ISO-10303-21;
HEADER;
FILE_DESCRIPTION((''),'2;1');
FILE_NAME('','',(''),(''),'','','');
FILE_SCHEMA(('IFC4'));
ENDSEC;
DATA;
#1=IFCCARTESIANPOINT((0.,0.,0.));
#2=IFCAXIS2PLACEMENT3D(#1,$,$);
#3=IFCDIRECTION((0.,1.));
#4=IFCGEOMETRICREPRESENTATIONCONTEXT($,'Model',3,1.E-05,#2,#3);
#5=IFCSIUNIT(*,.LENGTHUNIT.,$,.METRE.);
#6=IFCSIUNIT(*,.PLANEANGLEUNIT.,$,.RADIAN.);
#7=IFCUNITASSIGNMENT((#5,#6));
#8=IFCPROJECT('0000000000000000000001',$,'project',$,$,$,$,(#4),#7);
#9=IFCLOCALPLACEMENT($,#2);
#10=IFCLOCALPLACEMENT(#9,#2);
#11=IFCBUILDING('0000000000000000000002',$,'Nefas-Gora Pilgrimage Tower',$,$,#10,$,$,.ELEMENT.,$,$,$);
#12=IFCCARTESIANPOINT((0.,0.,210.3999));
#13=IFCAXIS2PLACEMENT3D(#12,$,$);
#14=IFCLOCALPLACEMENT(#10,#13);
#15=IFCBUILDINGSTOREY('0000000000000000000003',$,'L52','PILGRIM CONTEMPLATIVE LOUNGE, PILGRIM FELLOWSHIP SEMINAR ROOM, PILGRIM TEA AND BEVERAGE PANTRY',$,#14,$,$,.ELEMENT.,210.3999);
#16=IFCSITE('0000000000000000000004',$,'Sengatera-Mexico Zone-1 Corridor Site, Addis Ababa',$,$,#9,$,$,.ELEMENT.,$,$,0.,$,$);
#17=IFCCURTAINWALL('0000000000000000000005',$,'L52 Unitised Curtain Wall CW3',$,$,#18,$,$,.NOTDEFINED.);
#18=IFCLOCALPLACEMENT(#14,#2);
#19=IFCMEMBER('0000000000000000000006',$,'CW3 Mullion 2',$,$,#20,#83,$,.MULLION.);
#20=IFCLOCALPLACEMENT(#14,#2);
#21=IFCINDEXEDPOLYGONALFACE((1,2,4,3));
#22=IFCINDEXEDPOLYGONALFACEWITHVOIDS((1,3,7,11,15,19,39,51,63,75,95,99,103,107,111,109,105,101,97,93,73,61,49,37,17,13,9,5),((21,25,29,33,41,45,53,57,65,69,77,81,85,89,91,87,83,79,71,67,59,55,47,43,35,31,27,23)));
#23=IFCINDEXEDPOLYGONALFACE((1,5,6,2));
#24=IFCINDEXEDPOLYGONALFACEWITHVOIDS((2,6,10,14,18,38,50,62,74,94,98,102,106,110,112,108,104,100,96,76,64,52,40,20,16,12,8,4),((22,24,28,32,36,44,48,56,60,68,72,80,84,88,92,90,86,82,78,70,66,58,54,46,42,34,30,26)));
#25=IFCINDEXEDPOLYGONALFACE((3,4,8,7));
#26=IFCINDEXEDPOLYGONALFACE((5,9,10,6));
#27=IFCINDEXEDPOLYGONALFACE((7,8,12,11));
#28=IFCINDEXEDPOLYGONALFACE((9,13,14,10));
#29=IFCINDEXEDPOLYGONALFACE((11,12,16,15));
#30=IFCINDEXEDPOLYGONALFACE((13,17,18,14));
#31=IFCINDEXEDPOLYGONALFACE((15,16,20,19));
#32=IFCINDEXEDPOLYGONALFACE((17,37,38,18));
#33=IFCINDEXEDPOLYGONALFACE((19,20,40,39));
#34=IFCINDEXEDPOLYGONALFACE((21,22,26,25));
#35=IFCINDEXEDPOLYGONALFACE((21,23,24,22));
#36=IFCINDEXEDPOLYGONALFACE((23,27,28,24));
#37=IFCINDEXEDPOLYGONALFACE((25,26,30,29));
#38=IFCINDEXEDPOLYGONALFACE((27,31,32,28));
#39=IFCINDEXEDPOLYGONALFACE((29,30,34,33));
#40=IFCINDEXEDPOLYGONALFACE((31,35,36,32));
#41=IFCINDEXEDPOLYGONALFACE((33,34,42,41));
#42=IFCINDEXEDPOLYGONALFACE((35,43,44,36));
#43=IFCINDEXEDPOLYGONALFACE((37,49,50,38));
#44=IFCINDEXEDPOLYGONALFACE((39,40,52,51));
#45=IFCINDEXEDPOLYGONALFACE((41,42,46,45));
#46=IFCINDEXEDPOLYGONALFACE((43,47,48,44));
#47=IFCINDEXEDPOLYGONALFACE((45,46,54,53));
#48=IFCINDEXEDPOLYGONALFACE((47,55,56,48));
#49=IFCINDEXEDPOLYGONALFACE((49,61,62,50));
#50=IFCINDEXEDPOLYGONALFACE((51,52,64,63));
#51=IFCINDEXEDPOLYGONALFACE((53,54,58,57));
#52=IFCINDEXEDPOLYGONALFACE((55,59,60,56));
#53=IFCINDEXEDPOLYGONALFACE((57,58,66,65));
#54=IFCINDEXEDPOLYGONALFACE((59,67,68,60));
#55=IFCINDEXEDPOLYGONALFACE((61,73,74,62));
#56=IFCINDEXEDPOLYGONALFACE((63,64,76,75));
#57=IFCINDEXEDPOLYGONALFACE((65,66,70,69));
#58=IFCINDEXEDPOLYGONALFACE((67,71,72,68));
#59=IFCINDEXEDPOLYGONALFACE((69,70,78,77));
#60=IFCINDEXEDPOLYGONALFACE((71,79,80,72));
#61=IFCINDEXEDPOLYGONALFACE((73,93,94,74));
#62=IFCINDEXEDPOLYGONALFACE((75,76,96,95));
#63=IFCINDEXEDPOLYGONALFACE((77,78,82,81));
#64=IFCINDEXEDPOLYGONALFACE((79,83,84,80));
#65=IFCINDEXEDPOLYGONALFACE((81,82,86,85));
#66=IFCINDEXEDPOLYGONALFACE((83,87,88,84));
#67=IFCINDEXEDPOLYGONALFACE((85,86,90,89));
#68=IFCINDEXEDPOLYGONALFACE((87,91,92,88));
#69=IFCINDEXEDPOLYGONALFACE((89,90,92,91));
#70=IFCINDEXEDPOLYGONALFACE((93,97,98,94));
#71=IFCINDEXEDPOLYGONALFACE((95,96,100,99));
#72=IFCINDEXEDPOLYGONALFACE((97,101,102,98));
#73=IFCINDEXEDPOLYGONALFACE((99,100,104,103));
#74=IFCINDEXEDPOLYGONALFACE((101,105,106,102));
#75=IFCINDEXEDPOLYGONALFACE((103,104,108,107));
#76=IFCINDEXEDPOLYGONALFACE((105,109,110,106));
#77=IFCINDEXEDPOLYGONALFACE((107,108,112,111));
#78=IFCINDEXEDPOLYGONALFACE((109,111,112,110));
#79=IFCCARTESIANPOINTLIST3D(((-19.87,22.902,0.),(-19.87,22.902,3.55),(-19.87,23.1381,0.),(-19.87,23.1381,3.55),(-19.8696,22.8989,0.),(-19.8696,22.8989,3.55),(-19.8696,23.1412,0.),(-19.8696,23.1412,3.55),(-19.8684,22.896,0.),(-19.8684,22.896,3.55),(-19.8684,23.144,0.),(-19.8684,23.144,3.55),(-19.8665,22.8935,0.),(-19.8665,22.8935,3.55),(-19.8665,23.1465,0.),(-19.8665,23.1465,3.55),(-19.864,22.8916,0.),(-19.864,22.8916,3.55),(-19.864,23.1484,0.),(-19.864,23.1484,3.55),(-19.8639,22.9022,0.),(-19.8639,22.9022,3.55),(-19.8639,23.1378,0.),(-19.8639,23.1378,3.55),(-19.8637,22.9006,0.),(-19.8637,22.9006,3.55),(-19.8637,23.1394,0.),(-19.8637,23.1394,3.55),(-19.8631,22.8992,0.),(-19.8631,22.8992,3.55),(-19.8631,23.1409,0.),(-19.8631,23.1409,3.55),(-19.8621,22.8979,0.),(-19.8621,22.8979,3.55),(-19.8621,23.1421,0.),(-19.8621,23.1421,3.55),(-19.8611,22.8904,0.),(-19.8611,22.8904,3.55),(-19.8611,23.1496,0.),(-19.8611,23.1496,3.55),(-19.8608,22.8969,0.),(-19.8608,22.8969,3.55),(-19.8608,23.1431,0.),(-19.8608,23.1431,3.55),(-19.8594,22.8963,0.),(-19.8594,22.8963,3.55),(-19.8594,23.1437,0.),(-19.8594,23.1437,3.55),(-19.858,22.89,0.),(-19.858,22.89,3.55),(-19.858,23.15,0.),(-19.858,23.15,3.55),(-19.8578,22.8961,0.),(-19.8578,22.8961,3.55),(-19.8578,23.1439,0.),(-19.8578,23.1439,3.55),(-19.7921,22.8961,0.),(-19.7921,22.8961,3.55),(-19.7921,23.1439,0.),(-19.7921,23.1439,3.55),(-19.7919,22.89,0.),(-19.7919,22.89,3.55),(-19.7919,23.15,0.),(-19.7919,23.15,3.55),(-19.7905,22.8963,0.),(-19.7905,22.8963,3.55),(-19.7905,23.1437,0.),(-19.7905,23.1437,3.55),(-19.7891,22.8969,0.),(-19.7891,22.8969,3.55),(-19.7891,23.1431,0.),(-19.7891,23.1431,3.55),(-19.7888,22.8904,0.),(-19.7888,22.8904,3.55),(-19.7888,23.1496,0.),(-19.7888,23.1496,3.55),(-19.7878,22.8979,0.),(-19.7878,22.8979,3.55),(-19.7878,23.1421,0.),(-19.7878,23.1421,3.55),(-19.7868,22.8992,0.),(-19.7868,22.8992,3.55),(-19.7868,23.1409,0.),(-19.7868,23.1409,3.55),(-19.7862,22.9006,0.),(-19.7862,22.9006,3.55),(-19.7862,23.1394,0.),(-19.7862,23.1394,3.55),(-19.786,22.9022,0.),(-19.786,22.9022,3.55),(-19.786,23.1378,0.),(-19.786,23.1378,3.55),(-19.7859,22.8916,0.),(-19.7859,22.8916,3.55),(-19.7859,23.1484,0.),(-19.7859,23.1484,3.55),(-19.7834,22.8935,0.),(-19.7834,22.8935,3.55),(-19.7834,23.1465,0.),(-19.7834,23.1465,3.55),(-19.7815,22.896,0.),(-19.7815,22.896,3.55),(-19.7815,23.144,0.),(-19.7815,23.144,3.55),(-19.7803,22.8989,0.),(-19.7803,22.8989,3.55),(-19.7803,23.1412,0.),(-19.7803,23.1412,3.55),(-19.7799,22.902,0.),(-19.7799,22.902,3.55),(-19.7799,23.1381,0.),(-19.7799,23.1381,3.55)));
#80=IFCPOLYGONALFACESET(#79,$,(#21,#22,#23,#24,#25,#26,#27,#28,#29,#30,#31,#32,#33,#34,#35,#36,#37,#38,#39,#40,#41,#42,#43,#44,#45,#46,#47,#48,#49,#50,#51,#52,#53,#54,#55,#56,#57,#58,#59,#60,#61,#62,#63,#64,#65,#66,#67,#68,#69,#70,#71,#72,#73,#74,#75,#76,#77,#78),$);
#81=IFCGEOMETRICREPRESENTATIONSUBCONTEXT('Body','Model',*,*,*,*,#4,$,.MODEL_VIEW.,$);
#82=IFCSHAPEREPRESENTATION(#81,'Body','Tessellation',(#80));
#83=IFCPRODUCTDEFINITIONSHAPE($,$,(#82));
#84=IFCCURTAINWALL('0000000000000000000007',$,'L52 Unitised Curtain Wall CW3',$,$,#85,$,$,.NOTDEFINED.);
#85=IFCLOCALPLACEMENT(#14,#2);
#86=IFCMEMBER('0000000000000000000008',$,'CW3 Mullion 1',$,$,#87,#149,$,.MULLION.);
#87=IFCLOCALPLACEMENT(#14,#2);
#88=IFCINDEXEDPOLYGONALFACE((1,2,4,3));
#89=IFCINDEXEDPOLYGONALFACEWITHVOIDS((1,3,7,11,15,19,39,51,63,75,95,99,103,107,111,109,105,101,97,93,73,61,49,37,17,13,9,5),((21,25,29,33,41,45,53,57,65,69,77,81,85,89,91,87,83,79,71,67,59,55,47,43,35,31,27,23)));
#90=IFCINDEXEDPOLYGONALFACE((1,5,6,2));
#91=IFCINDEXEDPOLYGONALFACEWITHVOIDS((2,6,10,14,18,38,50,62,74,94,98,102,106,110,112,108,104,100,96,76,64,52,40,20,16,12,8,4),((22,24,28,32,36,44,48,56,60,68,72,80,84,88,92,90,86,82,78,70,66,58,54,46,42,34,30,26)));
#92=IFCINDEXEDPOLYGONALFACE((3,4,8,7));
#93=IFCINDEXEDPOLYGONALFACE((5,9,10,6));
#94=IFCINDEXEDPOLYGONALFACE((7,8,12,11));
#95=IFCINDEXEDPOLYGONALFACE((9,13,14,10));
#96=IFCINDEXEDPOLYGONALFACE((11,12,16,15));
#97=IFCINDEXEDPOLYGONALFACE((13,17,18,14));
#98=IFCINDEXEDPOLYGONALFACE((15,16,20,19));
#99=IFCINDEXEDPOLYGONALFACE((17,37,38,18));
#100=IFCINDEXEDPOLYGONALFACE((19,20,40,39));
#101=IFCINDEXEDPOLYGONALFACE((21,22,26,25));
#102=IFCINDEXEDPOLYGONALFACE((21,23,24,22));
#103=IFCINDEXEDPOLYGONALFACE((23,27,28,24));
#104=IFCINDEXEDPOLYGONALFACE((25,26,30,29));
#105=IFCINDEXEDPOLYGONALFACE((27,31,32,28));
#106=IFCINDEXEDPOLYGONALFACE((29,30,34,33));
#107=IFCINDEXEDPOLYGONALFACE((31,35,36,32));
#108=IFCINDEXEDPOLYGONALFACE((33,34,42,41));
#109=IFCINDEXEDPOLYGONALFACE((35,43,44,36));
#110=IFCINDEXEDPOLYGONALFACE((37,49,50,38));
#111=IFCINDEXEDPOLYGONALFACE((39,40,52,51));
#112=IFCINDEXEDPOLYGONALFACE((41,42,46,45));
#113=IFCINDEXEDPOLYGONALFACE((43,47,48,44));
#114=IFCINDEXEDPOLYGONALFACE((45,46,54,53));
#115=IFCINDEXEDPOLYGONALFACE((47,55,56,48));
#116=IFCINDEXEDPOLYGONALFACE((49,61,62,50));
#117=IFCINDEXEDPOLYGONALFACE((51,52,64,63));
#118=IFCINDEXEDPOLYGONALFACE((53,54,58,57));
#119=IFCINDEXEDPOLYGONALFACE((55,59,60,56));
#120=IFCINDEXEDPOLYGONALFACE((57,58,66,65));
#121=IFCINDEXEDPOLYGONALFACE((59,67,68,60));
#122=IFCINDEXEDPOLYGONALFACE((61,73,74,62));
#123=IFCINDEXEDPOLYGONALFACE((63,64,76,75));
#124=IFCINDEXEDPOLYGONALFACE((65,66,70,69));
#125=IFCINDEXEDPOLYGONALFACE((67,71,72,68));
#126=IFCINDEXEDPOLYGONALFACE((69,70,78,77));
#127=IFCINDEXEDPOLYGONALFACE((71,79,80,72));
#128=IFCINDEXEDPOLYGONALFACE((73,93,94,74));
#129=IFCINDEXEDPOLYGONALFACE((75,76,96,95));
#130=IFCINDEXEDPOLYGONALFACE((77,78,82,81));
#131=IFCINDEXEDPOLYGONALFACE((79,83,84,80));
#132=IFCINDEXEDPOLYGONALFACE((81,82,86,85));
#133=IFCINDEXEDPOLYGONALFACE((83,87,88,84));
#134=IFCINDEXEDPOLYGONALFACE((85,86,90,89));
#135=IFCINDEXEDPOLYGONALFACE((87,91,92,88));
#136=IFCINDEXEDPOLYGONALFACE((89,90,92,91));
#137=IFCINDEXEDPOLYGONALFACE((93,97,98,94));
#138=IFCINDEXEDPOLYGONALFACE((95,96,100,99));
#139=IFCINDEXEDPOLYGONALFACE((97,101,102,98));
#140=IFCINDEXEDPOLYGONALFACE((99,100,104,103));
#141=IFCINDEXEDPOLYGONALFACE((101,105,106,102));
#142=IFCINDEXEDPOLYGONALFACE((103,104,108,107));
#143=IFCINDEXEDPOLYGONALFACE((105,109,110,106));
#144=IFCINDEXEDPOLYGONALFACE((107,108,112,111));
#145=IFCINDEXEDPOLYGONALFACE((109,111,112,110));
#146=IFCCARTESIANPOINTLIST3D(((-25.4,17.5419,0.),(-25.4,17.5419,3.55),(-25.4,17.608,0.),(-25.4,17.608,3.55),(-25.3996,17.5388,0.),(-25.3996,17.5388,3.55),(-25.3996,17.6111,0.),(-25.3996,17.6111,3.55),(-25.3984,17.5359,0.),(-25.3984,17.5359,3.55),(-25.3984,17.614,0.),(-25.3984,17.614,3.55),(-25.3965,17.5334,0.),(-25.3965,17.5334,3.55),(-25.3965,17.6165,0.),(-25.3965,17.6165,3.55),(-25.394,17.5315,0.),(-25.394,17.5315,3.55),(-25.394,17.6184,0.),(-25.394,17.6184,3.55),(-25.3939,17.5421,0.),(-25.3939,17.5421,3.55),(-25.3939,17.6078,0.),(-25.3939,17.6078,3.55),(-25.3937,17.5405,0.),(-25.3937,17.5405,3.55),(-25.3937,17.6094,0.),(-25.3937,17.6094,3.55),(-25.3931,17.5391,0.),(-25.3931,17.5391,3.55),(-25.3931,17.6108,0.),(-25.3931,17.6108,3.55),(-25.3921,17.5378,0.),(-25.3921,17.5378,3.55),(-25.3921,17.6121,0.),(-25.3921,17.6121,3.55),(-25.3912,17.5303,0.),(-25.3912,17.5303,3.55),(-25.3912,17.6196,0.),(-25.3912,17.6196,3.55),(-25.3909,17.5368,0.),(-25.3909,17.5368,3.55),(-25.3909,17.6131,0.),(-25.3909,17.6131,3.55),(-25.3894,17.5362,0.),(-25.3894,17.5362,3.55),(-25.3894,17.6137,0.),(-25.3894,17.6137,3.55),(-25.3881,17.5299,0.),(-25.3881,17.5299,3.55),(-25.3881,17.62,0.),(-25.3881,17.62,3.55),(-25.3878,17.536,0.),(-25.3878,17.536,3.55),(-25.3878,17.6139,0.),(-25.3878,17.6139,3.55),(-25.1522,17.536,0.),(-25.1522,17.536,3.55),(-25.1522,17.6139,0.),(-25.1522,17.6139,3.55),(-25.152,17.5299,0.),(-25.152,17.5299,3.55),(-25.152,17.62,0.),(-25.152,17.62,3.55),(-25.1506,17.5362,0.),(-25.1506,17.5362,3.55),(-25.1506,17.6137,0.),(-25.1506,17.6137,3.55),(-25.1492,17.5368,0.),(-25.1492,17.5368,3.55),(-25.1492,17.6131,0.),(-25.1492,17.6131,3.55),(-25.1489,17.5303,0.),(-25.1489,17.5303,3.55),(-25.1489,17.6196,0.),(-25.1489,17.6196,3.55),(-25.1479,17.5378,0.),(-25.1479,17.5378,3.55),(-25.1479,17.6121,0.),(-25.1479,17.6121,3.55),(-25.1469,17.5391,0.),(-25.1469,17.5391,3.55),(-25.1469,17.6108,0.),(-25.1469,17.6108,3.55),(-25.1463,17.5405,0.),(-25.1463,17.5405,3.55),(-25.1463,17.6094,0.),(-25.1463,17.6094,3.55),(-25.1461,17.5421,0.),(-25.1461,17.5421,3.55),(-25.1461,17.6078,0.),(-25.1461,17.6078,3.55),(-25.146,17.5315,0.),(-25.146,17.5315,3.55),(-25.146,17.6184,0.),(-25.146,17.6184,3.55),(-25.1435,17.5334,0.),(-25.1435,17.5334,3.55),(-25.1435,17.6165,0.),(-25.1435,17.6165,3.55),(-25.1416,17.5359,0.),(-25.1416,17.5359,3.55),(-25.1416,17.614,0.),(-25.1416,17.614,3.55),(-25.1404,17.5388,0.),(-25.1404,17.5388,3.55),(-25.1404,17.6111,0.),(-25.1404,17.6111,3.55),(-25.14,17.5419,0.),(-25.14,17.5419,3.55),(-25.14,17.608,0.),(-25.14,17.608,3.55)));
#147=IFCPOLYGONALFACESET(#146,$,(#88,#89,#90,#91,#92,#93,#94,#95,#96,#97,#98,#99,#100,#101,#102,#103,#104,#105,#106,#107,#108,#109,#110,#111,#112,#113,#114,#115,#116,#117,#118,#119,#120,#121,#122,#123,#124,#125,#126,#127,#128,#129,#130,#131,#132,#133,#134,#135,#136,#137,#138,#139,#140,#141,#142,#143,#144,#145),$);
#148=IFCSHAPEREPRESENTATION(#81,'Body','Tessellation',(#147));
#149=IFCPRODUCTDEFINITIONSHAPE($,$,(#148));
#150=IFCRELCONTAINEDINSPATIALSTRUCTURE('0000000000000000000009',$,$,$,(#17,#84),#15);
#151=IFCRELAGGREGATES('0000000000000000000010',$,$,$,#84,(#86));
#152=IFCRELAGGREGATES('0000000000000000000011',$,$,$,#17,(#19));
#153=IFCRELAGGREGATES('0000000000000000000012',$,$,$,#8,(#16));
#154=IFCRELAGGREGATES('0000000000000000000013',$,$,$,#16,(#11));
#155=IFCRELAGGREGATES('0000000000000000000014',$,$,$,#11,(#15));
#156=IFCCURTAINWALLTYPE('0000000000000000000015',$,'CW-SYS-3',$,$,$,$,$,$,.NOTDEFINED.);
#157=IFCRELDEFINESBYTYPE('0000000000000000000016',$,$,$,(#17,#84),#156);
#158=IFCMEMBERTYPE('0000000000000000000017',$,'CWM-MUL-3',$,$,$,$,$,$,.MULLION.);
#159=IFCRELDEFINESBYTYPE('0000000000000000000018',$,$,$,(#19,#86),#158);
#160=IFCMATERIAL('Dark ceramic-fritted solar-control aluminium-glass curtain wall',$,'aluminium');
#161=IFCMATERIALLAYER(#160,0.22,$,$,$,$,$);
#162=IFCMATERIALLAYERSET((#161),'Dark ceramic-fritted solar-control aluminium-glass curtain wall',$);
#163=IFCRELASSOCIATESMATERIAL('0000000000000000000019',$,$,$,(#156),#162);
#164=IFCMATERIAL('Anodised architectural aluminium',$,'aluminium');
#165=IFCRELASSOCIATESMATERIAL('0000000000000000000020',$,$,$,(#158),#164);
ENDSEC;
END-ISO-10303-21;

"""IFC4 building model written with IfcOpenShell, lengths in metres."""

from ifc_helpers import new_model, si_unit, direction, frame, origin, origin_2d, place, context, subcontext, project, spatial, hollow_rectangle, extrude, source, transform, mapped, material, layer, layer_set, material_profile, profile_set, type_object, element, aggregate, save


model = new_model("IFC4")

# Units and contexts
model_context = context("Model", 3, precision=1e-05, world=origin(), true_north=direction((0.0, 1.0)))
body_context = subcontext(model_context, "Body", "Model", "MODEL_VIEW")
ifc_project = project(units=[si_unit("LENGTHUNIT", "METRE"), si_unit("PLANEANGLEUNIT", "RADIAN")], contexts=[model_context])

# Site, building, storey
site_placement = place(None, origin())
site = spatial("IfcSite", under=ifc_project, at=site_placement, Name="Sengatera-Mexico Zone-1 Corridor Site, Addis Ababa", CompositionType="ELEMENT", RefElevation=0.0)
building_placement = place(site_placement, origin())
building = spatial("IfcBuilding", under=site, at=building_placement, Name="Nefas-Gora Pilgrimage Tower", CompositionType="ELEMENT")
storey_placement = place(building_placement, frame((0.0, 0.0, 210.3999)))
storey = spatial("IfcBuildingStorey", under=building, at=storey_placement, Name="L52", Description="PILGRIM CONTEMPLATIVE LOUNGE, PILGRIM FELLOWSHIP SEMINAR ROOM, PILGRIM TEA AND BEVERAGE PANTRY", CompositionType="ELEMENT", Elevation=210.3999)

# Shared definitions
ifc_material_1 = material(Name="Dark ceramic-fritted solar-control aluminium-glass curtain wall", Category="aluminium")
ifc_material_2 = material(Name="Anodised architectural aluminium", Category="aluminium")

# Curtain walls, members
ifc_layer_1 = layer(ifc_material_1, 0.22)
ifc_layer_set_1 = layer_set([ifc_layer_1], Name="Dark ceramic-fritted solar-control aluminium-glass curtain wall")
curtain_wall_type_1 = type_object("IfcCurtainWallType", Name="CW-SYS-3", PredefinedType="NOTDEFINED", material=ifc_layer_set_1)
curtain_wall_1_placement = place(storey_placement, origin())
curtain_wall_1 = element("IfcCurtainWall", 1, at=curtain_wall_1_placement, inside=storey, type_object=curtain_wall_type_1, Name="L52 Unitised Curtain Wall CW3", PredefinedType="NOTDEFINED")
ifc_material_profile_1 = material_profile(ifc_material_2, hollow_rectangle(XDim=0.0901, YDim=0.26, WallThickness=0.0061, InnerFilletRadius=0.0061, OuterFilletRadius=0.012, at=origin_2d()), Name="ALU MULLION 90x260")
ifc_profile_set_1 = profile_set([ifc_material_profile_1], Name="Anodised architectural aluminium")
member_type_1 = type_object("IfcMemberType", Name="CWM-MUL-3", PredefinedType="MULLION", material=ifc_profile_set_1)
shared_shape_1 = source(origin(), body_context, "Body", "SweptSolid", [
    extrude(hollow_rectangle(XDim=0.0901, YDim=0.26, WallThickness=0.0061, InnerFilletRadius=0.0061, OuterFilletRadius=0.012, at=origin_2d()), origin(), (0.0, 0.0, 1.0), 3.55),
])
member_1_placement = place(storey_placement, frame((-19.825, 23.02, 0.0), z_axis=(0.0, 0.0, 1.0), x_axis=(-1.0, 0.0, 0.0)))
member_1 = element("IfcMember", 2, at=member_1_placement, type_object=member_type_1, Name="CW3 Mullion 2", PredefinedType="MULLION", context=body_context, shape_type="MappedRepresentation", body=[
    mapped(shared_shape_1, transform((0.0, 0.0, 0.0), x_axis=(1.0, 0.0, 0.0), y_axis=(0.0, 1.0, 0.0), z_axis=(0.0, 0.0, 1.0), scale=1.0)),
])
curtain_wall_2_placement = place(storey_placement, origin())
curtain_wall_2 = element("IfcCurtainWall", 3, at=curtain_wall_2_placement, inside=storey, type_object=curtain_wall_type_1, Name="L52 Unitised Curtain Wall CW3", PredefinedType="NOTDEFINED")
member_2_placement = place(storey_placement, frame((-25.27, 17.575, 0.0), z_axis=(0.0, 0.0, 1.0), x_axis=(0.0, -1.0, 0.0)))
member_2 = element("IfcMember", 4, at=member_2_placement, type_object=member_type_1, Name="CW3 Mullion 1", PredefinedType="MULLION", context=body_context, shape_type="MappedRepresentation", body=[
    mapped(shared_shape_1, transform((0.0, 0.0, 0.0), x_axis=(1.0, 0.0, 0.0), y_axis=(0.0, 1.0, 0.0), z_axis=(0.0, 0.0, 1.0), scale=1.0)),
])
aggregate(curtain_wall_2, [member_2])

aggregate(curtain_wall_1, [member_1])

save(model, "model.ifc")
